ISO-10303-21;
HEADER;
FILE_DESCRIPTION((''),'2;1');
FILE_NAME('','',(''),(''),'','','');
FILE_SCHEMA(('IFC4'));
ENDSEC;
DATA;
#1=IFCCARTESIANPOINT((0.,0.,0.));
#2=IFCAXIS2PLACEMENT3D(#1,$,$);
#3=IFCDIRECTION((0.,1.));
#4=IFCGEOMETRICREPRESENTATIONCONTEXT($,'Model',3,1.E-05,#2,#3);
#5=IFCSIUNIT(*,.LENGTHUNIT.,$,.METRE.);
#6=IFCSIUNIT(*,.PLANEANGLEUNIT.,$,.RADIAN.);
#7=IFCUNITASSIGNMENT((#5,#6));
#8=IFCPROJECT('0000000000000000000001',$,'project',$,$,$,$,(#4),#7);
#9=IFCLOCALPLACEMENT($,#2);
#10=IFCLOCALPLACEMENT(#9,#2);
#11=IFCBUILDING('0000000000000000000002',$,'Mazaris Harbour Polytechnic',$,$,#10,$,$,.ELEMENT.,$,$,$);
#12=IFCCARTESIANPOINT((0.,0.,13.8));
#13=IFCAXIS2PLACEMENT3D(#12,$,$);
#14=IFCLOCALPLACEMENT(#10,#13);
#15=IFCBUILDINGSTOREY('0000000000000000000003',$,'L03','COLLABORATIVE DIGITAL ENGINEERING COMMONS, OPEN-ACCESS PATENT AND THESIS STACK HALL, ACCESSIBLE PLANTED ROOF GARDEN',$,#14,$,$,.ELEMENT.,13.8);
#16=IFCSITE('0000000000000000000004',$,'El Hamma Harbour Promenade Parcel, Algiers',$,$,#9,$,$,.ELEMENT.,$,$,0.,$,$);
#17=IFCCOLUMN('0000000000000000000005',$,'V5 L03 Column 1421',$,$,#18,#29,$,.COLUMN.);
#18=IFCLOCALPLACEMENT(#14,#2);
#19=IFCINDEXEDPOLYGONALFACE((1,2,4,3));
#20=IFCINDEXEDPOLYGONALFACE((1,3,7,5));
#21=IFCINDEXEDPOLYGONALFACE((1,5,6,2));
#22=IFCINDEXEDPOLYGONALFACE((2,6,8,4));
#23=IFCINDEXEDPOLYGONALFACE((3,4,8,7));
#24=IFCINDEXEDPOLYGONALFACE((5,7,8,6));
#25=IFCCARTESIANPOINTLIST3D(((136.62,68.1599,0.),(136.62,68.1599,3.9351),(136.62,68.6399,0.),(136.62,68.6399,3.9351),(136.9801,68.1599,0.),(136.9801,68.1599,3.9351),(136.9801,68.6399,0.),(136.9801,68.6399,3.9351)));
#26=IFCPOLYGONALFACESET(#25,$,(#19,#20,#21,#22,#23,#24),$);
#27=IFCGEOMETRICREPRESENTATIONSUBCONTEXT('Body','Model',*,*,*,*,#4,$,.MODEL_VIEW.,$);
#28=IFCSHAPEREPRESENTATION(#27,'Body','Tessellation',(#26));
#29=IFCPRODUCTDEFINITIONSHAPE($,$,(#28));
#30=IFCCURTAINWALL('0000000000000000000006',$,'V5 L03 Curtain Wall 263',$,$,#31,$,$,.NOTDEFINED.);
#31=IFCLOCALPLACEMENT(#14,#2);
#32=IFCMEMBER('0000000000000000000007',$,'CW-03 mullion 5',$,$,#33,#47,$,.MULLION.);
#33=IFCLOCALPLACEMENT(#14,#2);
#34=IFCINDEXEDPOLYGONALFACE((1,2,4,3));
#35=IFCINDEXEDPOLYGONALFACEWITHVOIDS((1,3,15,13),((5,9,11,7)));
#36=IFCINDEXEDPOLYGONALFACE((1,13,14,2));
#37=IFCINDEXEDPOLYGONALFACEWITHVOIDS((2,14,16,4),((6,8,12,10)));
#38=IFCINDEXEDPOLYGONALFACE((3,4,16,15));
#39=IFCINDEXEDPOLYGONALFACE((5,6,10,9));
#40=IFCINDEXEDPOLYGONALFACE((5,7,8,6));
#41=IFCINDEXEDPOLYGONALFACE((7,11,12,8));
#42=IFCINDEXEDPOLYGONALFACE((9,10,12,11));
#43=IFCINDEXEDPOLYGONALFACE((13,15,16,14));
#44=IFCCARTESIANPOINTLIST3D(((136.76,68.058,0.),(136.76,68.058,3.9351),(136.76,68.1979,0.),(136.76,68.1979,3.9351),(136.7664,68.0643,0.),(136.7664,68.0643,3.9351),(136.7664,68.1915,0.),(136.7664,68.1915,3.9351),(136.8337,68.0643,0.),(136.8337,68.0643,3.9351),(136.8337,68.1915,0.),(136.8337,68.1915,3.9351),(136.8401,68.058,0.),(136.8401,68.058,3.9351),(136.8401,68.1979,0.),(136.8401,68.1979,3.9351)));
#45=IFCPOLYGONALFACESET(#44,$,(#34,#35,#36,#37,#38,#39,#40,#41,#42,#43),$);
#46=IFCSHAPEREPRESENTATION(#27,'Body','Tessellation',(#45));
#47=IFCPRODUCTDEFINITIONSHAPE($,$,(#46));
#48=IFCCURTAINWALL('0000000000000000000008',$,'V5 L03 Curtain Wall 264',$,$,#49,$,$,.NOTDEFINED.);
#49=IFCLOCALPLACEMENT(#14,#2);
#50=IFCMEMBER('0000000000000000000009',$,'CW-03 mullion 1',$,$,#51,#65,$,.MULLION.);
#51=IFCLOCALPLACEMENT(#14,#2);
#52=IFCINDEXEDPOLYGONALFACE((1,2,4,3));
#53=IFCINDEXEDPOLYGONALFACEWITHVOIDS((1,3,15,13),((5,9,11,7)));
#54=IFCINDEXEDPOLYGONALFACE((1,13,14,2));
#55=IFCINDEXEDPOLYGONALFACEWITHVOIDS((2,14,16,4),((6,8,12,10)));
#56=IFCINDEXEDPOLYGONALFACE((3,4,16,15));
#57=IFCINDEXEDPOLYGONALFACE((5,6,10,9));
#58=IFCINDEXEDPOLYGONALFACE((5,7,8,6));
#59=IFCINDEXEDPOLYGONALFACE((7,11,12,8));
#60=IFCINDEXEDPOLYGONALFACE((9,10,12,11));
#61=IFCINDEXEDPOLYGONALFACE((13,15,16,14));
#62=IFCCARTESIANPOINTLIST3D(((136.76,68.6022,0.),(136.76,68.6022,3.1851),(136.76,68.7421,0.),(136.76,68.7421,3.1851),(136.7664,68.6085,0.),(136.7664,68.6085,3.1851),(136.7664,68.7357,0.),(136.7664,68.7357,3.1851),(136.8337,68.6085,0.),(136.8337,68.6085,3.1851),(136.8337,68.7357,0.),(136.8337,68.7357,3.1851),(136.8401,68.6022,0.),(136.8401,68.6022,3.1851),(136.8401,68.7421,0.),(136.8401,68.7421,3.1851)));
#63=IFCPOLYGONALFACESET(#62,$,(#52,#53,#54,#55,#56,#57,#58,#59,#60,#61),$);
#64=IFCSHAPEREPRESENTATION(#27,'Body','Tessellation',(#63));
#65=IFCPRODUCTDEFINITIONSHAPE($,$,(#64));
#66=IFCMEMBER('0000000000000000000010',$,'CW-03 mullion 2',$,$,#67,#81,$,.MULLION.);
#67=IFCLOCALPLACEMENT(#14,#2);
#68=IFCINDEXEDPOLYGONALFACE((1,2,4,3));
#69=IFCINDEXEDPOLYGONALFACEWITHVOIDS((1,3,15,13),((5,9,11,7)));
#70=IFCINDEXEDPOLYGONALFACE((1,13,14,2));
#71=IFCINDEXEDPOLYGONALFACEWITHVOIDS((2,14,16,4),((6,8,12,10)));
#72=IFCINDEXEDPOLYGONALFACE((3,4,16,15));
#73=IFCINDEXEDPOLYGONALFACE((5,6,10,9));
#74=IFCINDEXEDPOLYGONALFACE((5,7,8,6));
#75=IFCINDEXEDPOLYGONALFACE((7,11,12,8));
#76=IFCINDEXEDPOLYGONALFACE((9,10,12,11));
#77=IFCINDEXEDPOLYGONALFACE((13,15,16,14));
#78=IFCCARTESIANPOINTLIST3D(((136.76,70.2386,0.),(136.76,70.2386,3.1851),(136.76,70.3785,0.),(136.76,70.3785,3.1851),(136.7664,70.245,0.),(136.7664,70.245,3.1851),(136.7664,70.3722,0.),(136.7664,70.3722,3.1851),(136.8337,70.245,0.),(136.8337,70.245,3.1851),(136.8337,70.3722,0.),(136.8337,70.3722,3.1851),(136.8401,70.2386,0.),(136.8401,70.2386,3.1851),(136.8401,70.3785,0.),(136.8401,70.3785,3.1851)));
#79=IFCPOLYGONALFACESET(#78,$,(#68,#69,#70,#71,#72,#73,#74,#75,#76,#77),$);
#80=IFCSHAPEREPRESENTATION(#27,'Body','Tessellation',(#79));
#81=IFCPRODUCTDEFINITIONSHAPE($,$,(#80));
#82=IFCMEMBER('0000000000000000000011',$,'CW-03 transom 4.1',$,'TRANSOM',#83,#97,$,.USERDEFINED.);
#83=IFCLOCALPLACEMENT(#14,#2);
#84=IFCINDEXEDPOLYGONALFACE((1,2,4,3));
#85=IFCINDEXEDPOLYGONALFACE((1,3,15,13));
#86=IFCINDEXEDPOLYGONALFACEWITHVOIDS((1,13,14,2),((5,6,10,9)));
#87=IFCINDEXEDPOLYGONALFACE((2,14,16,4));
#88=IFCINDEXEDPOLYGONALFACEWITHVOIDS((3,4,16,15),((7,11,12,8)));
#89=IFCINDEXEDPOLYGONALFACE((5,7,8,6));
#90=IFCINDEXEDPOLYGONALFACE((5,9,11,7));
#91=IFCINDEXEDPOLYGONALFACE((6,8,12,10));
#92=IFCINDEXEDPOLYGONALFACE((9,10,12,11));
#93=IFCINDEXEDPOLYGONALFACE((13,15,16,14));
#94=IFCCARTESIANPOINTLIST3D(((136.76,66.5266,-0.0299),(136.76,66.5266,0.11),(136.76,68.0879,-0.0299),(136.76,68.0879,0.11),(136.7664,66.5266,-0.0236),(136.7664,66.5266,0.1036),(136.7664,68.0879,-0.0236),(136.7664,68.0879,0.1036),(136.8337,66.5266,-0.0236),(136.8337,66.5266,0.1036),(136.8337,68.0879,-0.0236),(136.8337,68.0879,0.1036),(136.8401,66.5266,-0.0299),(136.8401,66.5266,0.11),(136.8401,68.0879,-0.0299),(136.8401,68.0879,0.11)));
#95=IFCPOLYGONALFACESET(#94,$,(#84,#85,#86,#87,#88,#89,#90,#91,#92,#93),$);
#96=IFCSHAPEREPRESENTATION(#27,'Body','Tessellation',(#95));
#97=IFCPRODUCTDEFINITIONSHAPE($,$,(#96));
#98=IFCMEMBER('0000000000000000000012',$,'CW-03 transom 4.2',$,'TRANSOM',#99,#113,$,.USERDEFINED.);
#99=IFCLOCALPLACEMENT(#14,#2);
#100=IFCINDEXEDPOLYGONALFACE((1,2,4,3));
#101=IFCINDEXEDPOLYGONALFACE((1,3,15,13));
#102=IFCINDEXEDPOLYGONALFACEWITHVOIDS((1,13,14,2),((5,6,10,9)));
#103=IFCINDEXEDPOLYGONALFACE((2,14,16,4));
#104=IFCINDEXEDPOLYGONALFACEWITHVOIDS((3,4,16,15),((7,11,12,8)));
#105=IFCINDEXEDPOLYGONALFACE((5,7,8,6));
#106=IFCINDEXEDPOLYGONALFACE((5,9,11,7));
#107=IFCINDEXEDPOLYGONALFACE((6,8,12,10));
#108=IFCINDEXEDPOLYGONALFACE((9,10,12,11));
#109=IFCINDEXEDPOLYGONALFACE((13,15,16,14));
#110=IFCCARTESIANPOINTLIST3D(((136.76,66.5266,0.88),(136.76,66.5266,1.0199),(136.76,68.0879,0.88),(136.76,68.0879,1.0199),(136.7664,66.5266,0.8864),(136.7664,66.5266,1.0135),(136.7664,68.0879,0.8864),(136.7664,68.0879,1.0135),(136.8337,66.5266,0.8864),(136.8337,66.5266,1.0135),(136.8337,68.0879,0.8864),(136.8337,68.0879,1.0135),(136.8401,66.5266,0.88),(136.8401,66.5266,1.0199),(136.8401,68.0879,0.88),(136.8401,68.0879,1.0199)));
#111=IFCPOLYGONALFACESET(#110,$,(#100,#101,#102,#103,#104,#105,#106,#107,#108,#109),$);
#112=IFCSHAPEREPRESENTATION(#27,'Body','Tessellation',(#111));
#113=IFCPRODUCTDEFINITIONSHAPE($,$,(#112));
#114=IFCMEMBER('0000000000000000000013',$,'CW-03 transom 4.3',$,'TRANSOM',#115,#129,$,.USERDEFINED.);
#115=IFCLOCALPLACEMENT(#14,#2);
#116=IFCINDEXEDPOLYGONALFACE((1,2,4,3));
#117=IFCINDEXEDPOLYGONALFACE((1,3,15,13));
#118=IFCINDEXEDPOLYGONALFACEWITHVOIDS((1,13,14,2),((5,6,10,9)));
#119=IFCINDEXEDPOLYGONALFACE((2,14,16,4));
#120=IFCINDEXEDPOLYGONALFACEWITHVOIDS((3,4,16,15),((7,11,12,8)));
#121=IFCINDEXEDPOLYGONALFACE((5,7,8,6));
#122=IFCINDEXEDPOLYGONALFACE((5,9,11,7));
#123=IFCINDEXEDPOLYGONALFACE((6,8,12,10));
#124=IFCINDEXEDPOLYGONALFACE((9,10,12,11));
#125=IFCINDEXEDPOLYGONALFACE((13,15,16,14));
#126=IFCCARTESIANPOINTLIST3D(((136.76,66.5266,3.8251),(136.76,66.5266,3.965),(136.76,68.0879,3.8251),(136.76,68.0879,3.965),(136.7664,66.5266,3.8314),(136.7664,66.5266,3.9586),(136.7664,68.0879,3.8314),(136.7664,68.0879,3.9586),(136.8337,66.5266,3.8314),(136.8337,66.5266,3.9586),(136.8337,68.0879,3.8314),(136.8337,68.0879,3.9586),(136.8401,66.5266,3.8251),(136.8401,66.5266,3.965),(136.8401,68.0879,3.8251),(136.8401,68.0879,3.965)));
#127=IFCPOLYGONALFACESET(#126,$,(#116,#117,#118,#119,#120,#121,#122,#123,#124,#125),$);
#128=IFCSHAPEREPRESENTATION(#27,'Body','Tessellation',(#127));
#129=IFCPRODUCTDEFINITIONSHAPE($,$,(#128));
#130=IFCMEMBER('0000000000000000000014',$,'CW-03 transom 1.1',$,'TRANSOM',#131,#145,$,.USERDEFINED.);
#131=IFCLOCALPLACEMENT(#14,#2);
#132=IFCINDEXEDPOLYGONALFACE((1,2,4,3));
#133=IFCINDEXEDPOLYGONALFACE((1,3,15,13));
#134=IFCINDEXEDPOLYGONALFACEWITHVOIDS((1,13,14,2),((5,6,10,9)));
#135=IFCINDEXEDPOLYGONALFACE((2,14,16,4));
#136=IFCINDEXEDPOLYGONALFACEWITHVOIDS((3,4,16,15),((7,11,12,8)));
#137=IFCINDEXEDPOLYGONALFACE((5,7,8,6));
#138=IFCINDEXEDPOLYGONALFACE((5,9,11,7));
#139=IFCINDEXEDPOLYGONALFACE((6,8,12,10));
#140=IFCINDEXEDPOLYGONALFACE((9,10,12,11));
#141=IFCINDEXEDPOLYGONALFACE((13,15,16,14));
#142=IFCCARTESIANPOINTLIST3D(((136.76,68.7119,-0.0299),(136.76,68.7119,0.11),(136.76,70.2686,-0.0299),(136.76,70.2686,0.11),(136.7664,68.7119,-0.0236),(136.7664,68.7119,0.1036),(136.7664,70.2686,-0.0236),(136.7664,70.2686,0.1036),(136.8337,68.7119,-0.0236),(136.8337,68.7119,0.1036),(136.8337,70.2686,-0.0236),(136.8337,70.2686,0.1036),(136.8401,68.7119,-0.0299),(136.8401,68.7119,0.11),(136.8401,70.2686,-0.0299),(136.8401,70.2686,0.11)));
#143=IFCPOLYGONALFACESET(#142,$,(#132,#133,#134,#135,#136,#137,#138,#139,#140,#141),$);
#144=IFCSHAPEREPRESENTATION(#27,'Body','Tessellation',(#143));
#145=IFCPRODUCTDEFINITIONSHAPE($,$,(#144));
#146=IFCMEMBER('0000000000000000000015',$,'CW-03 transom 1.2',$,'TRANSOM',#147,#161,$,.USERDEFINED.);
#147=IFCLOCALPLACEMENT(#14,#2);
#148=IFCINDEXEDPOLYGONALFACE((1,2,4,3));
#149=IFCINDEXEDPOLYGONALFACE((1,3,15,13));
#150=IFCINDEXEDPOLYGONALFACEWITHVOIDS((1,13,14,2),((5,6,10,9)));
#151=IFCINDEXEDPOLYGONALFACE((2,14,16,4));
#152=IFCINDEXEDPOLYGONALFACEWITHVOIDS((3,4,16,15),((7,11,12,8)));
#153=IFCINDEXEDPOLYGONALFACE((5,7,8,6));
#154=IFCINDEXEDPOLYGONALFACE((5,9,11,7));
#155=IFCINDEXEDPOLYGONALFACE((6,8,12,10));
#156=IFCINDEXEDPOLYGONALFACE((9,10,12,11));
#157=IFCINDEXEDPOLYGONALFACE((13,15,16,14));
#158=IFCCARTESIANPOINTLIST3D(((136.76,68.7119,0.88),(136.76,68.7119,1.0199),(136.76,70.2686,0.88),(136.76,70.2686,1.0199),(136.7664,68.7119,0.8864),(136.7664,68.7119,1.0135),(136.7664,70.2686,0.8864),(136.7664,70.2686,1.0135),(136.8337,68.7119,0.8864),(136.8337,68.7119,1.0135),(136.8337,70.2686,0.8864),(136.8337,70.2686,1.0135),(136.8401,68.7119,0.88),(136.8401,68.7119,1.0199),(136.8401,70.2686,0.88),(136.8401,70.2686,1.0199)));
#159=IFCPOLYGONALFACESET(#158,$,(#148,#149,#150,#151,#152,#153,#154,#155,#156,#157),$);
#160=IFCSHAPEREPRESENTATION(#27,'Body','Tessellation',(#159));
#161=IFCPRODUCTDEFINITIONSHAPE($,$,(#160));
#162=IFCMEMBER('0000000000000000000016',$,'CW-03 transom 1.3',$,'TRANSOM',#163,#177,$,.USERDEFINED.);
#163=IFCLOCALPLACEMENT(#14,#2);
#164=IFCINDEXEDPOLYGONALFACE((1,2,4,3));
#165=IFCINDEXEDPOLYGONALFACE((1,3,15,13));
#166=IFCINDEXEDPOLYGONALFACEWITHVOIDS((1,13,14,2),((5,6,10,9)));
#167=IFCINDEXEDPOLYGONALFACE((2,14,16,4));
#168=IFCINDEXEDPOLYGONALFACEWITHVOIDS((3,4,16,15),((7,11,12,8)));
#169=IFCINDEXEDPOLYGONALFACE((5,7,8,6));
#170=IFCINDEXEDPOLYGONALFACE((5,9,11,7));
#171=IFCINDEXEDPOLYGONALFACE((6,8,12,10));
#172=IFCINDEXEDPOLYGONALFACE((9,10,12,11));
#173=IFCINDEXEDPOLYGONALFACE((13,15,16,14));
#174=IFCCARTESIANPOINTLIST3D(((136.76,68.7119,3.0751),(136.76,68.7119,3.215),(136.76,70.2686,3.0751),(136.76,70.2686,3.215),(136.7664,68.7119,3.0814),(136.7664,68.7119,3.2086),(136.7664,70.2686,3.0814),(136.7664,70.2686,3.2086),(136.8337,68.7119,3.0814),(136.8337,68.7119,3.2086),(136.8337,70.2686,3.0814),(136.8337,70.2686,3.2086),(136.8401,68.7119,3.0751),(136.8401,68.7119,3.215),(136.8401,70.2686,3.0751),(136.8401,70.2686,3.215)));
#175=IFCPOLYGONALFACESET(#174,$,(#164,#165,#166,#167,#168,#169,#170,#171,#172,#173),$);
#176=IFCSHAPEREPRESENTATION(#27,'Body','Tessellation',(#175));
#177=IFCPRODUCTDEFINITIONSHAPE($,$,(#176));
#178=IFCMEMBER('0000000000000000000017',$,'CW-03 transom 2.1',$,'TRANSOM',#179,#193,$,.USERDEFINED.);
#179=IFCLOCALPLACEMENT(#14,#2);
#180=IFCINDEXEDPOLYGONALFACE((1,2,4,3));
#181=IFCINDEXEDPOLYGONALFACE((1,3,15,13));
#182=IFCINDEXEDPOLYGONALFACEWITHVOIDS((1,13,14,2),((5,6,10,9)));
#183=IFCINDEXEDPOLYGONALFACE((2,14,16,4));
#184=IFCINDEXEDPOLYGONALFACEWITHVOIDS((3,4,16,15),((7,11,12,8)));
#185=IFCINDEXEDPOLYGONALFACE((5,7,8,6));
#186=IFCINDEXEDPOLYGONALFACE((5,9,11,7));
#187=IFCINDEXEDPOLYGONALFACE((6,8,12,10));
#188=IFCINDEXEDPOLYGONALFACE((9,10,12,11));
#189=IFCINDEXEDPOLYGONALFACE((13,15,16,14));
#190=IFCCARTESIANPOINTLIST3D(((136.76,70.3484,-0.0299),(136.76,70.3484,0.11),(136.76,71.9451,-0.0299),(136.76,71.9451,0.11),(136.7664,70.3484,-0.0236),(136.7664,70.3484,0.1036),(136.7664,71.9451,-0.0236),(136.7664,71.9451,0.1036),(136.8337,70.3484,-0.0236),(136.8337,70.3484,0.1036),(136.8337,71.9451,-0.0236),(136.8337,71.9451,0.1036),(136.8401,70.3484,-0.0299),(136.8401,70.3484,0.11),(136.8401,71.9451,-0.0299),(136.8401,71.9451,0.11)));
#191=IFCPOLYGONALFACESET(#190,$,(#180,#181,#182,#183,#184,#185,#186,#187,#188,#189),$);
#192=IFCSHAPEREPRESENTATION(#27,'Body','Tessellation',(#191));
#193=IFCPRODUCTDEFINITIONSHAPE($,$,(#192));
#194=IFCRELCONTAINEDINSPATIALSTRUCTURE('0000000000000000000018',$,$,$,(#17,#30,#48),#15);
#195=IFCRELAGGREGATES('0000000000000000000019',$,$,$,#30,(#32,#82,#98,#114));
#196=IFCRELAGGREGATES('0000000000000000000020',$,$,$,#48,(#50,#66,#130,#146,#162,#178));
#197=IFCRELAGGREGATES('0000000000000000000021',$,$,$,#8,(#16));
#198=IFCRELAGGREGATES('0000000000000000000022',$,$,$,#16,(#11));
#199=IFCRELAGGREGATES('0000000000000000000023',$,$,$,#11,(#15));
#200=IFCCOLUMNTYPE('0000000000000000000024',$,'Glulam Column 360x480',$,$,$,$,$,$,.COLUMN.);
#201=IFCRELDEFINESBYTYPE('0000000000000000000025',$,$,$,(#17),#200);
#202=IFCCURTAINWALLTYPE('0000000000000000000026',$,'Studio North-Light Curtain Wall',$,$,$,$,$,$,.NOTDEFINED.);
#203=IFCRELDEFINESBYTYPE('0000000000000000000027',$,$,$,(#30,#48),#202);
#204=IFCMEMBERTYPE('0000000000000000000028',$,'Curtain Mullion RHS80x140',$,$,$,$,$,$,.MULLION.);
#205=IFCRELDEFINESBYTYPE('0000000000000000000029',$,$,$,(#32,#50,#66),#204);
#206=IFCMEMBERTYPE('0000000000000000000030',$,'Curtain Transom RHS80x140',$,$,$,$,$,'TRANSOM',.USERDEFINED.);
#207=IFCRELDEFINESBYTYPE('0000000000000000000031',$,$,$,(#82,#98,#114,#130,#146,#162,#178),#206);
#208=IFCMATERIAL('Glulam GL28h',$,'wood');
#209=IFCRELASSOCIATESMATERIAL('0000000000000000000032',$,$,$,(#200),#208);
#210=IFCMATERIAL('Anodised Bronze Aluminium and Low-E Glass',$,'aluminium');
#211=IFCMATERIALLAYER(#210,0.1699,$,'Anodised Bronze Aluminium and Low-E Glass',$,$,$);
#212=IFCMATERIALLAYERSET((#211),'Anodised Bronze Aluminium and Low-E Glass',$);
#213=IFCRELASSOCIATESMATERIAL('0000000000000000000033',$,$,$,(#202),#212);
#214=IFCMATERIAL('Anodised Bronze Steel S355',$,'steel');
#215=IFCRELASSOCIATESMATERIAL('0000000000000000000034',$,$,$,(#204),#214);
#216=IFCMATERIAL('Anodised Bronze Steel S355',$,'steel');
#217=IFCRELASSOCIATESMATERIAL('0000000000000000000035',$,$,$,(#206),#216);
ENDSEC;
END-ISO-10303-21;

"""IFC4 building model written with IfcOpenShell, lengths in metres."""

from ifc_helpers import new_model, si_unit, direction, frame, origin, origin_2d, place, context, subcontext, project, spatial, rectangle, hollow_rectangle, extrude, material, layer, layer_set, material_profile, profile_set, type_object, element, aggregate, save


model = new_model("IFC4")

# Units and contexts
model_context = context("Model", 3, precision=1e-05, world=origin(), true_north=direction((0.0, 1.0)))
body_context = subcontext(model_context, "Body", "Model", "MODEL_VIEW")
ifc_project = project(units=[si_unit("LENGTHUNIT", "METRE"), si_unit("PLANEANGLEUNIT", "RADIAN")], contexts=[model_context])

# Site, building, storey
site_placement = place(None, origin())
site = spatial("IfcSite", under=ifc_project, at=site_placement, Name="El Hamma Harbour Promenade Parcel, Algiers", CompositionType="ELEMENT", RefElevation=0.0)
building_placement = place(site_placement, origin())
building = spatial("IfcBuilding", under=site, at=building_placement, Name="Mazaris Harbour Polytechnic", CompositionType="ELEMENT")
storey_placement = place(building_placement, frame((0.0, 0.0, 13.8)))
storey = spatial("IfcBuildingStorey", under=building, at=storey_placement, Name="L03", Description="COLLABORATIVE DIGITAL ENGINEERING COMMONS, OPEN-ACCESS PATENT AND THESIS STACK HALL, ACCESSIBLE PLANTED ROOF GARDEN", CompositionType="ELEMENT", Elevation=13.8)

# Column
ifc_material_1 = material(Name="Glulam GL28h", Category="wood")
ifc_material_profile_1 = material_profile(ifc_material_1, rectangle(XDim=0.3601, YDim=0.48, at=origin_2d()), Name="RECT360x480")
ifc_profile_set_1 = profile_set([ifc_material_profile_1], Name="Glulam GL28h")
column_type = type_object("IfcColumnType", Name="Glulam Column 360x480", PredefinedType="COLUMN", material=ifc_profile_set_1)
column_placement = place(storey_placement, frame((136.8, 68.3999, 0.0), z_axis=(0.0, 0.0, 1.0), x_axis=(1.0, 0.0, 0.0)))
element("IfcColumn", 1, at=column_placement, inside=storey, type_object=column_type, Name="V5 L03 Column 1421", PredefinedType="COLUMN", context=body_context, shape_type="SweptSolid", body=[
    extrude(rectangle(XDim=0.3601, YDim=0.48, at=origin_2d()), origin(), (0.0, 0.0, 1.0), 3.9351),
])

# Curtain wall, member
ifc_material_2 = material(Name="Anodised Bronze Aluminium and Low-E Glass", Category="aluminium")
ifc_layer_1 = layer(ifc_material_2, 0.1699, Name="Anodised Bronze Aluminium and Low-E Glass")
ifc_layer_set_1 = layer_set([ifc_layer_1], Name="Anodised Bronze Aluminium and Low-E Glass")
curtain_wall_type = type_object("IfcCurtainWallType", Name="Studio North-Light Curtain Wall", PredefinedType="NOTDEFINED", material=ifc_layer_set_1)
curtain_wall_1_placement = place(storey_placement, origin())
curtain_wall_1 = element("IfcCurtainWall", 2, at=curtain_wall_1_placement, inside=storey, type_object=curtain_wall_type, Name="V5 L03 Curtain Wall 263", PredefinedType="NOTDEFINED")
ifc_material_3 = material(Name="Anodised Bronze Steel S355", Category="steel")
ifc_material_profile_2 = material_profile(ifc_material_3, hollow_rectangle(XDim=0.0801, YDim=0.1399, WallThickness=0.0063, at=origin_2d()), Name="RHS 80x140x6.3")
ifc_profile_set_2 = profile_set([ifc_material_profile_2], Name="Anodised Bronze Steel S355")
member_type_1 = type_object("IfcMemberType", Name="Curtain Mullion RHS80x140", PredefinedType="MULLION", material=ifc_profile_set_2)
member_1_placement = place(storey_placement, frame((136.8, 68.1279, 0.0), z_axis=(0.0, 0.0, 1.0), x_axis=(-1.0, 0.0, 0.0)))
member_1 = element("IfcMember", 3, at=member_1_placement, type_object=member_type_1, Name="CW-03 mullion 5", PredefinedType="MULLION", context=body_context, shape_type="SweptSolid", body=[
    extrude(hollow_rectangle(XDim=0.0801, YDim=0.1399, WallThickness=0.0063, at=origin_2d()), origin(), (0.0, 0.0, 1.0), 3.9351),
])

# Curtain wall, members
curtain_wall_2_placement = place(storey_placement, origin())
curtain_wall_2 = element("IfcCurtainWall", 4, at=curtain_wall_2_placement, inside=storey, type_object=curtain_wall_type, Name="V5 L03 Curtain Wall 264", PredefinedType="NOTDEFINED")
member_2_placement = place(storey_placement, frame((136.8, 68.6721, 0.0), z_axis=(0.0, 0.0, 1.0), x_axis=(-1.0, 0.0, 0.0)))
member_2 = element("IfcMember", 5, at=member_2_placement, type_object=member_type_1, Name="CW-03 mullion 1", PredefinedType="MULLION", context=body_context, shape_type="SweptSolid", body=[
    extrude(hollow_rectangle(XDim=0.0801, YDim=0.1399, WallThickness=0.0063, at=origin_2d()), origin(), (0.0, 0.0, 1.0), 3.1851),
])
member_3_placement = place(storey_placement, frame((136.8, 70.3086, 0.0), z_axis=(0.0, 0.0, 1.0), x_axis=(-1.0, 0.0, 0.0)))
member_3 = element("IfcMember", 6, at=member_3_placement, type_object=member_type_1, Name="CW-03 mullion 2", PredefinedType="MULLION", context=body_context, shape_type="SweptSolid", body=[
    extrude(hollow_rectangle(XDim=0.0801, YDim=0.1399, WallThickness=0.0063, at=origin_2d()), origin(), (0.0, 0.0, 1.0), 3.1851),
])

# Members
ifc_material_4 = material(Name="Anodised Bronze Steel S355", Category="steel")
ifc_material_profile_3 = material_profile(ifc_material_4, hollow_rectangle(XDim=0.0801, YDim=0.1399, WallThickness=0.0063, at=origin_2d()), Name="RHS 80x140x6.3")
ifc_profile_set_3 = profile_set([ifc_material_profile_3], Name="Anodised Bronze Steel S355")
member_type_2 = type_object("IfcMemberType", Name="Curtain Transom RHS80x140", ElementType="TRANSOM", PredefinedType="USERDEFINED", material=ifc_profile_set_3)
member_4_placement = place(storey_placement, frame((136.8, 66.5266, 0.04), z_axis=(0.0, 1.0, 0.0), x_axis=(-1.0, 0.0, 0.0)))
member_4 = element("IfcMember", 7, at=member_4_placement, type_object=member_type_2, Name="CW-03 transom 4.1", ObjectType="TRANSOM", PredefinedType="USERDEFINED", context=body_context, shape_type="SweptSolid", body=[
    extrude(hollow_rectangle(XDim=0.0801, YDim=0.1399, WallThickness=0.0063, at=origin_2d()), origin(), (0.0, 0.0, 1.0), 1.5613),
])
member_5_placement = place(storey_placement, frame((136.8, 66.5266, 0.95), z_axis=(0.0, 1.0, 0.0), x_axis=(-1.0, 0.0, 0.0)))
member_5 = element("IfcMember", 8, at=member_5_placement, type_object=member_type_2, Name="CW-03 transom 4.2", ObjectType="TRANSOM", PredefinedType="USERDEFINED", context=body_context, shape_type="SweptSolid", body=[
    extrude(hollow_rectangle(XDim=0.0801, YDim=0.1399, WallThickness=0.0063, at=origin_2d()), origin(), (0.0, 0.0, 1.0), 1.5613),
])
member_6_placement = place(storey_placement, frame((136.8, 66.5266, 3.895), z_axis=(0.0, 1.0, 0.0), x_axis=(-1.0, 0.0, 0.0)))
member_6 = element("IfcMember", 9, at=member_6_placement, type_object=member_type_2, Name="CW-03 transom 4.3", ObjectType="TRANSOM", PredefinedType="USERDEFINED", context=body_context, shape_type="SweptSolid", body=[
    extrude(hollow_rectangle(XDim=0.0801, YDim=0.1399, WallThickness=0.0063, at=origin_2d()), origin(), (0.0, 0.0, 1.0), 1.5613),
])
member_7_placement = place(storey_placement, frame((136.8, 68.7119, 0.04), z_axis=(0.0, 1.0, 0.0), x_axis=(-1.0, 0.0, 0.0)))
member_7 = element("IfcMember", 10, at=member_7_placement, type_object=member_type_2, Name="CW-03 transom 1.1", ObjectType="TRANSOM", PredefinedType="USERDEFINED", context=body_context, shape_type="SweptSolid", body=[
    extrude(hollow_rectangle(XDim=0.0801, YDim=0.1399, WallThickness=0.0063, at=origin_2d()), origin(), (0.0, 0.0, 1.0), 1.5566),
])
member_8_placement = place(storey_placement, frame((136.8, 68.7119, 0.95), z_axis=(0.0, 1.0, 0.0), x_axis=(-1.0, 0.0, 0.0)))
member_8 = element("IfcMember", 11, at=member_8_placement, type_object=member_type_2, Name="CW-03 transom 1.2", ObjectType="TRANSOM", PredefinedType="USERDEFINED", context=body_context, shape_type="SweptSolid", body=[
    extrude(hollow_rectangle(XDim=0.0801, YDim=0.1399, WallThickness=0.0063, at=origin_2d()), origin(), (0.0, 0.0, 1.0), 1.5566),
])
member_9_placement = place(storey_placement, frame((136.8, 68.7119, 3.145), z_axis=(0.0, 1.0, 0.0), x_axis=(-1.0, 0.0, 0.0)))
member_9 = element("IfcMember", 12, at=member_9_placement, type_object=member_type_2, Name="CW-03 transom 1.3", ObjectType="TRANSOM", PredefinedType="USERDEFINED", context=body_context, shape_type="SweptSolid", body=[
    extrude(hollow_rectangle(XDim=0.0801, YDim=0.1399, WallThickness=0.0063, at=origin_2d()), origin(), (0.0, 0.0, 1.0), 1.5566),
])
member_10_placement = place(storey_placement, frame((136.8, 70.3484, 0.04), z_axis=(0.0, 1.0, 0.0), x_axis=(-1.0, 0.0, 0.0)))
member_10 = element("IfcMember", 13, at=member_10_placement, type_object=member_type_2, Name="CW-03 transom 2.1", ObjectType="TRANSOM", PredefinedType="USERDEFINED", context=body_context, shape_type="SweptSolid", body=[
    extrude(hollow_rectangle(XDim=0.0801, YDim=0.1399, WallThickness=0.0063, at=origin_2d()), origin(), (0.0, 0.0, 1.0), 1.5967),
])

aggregate(curtain_wall_1, [member_1, member_4, member_5, member_6])
aggregate(curtain_wall_2, [member_2, member_3, member_7, member_8, member_9, member_10])

save(model, "model.ifc")
